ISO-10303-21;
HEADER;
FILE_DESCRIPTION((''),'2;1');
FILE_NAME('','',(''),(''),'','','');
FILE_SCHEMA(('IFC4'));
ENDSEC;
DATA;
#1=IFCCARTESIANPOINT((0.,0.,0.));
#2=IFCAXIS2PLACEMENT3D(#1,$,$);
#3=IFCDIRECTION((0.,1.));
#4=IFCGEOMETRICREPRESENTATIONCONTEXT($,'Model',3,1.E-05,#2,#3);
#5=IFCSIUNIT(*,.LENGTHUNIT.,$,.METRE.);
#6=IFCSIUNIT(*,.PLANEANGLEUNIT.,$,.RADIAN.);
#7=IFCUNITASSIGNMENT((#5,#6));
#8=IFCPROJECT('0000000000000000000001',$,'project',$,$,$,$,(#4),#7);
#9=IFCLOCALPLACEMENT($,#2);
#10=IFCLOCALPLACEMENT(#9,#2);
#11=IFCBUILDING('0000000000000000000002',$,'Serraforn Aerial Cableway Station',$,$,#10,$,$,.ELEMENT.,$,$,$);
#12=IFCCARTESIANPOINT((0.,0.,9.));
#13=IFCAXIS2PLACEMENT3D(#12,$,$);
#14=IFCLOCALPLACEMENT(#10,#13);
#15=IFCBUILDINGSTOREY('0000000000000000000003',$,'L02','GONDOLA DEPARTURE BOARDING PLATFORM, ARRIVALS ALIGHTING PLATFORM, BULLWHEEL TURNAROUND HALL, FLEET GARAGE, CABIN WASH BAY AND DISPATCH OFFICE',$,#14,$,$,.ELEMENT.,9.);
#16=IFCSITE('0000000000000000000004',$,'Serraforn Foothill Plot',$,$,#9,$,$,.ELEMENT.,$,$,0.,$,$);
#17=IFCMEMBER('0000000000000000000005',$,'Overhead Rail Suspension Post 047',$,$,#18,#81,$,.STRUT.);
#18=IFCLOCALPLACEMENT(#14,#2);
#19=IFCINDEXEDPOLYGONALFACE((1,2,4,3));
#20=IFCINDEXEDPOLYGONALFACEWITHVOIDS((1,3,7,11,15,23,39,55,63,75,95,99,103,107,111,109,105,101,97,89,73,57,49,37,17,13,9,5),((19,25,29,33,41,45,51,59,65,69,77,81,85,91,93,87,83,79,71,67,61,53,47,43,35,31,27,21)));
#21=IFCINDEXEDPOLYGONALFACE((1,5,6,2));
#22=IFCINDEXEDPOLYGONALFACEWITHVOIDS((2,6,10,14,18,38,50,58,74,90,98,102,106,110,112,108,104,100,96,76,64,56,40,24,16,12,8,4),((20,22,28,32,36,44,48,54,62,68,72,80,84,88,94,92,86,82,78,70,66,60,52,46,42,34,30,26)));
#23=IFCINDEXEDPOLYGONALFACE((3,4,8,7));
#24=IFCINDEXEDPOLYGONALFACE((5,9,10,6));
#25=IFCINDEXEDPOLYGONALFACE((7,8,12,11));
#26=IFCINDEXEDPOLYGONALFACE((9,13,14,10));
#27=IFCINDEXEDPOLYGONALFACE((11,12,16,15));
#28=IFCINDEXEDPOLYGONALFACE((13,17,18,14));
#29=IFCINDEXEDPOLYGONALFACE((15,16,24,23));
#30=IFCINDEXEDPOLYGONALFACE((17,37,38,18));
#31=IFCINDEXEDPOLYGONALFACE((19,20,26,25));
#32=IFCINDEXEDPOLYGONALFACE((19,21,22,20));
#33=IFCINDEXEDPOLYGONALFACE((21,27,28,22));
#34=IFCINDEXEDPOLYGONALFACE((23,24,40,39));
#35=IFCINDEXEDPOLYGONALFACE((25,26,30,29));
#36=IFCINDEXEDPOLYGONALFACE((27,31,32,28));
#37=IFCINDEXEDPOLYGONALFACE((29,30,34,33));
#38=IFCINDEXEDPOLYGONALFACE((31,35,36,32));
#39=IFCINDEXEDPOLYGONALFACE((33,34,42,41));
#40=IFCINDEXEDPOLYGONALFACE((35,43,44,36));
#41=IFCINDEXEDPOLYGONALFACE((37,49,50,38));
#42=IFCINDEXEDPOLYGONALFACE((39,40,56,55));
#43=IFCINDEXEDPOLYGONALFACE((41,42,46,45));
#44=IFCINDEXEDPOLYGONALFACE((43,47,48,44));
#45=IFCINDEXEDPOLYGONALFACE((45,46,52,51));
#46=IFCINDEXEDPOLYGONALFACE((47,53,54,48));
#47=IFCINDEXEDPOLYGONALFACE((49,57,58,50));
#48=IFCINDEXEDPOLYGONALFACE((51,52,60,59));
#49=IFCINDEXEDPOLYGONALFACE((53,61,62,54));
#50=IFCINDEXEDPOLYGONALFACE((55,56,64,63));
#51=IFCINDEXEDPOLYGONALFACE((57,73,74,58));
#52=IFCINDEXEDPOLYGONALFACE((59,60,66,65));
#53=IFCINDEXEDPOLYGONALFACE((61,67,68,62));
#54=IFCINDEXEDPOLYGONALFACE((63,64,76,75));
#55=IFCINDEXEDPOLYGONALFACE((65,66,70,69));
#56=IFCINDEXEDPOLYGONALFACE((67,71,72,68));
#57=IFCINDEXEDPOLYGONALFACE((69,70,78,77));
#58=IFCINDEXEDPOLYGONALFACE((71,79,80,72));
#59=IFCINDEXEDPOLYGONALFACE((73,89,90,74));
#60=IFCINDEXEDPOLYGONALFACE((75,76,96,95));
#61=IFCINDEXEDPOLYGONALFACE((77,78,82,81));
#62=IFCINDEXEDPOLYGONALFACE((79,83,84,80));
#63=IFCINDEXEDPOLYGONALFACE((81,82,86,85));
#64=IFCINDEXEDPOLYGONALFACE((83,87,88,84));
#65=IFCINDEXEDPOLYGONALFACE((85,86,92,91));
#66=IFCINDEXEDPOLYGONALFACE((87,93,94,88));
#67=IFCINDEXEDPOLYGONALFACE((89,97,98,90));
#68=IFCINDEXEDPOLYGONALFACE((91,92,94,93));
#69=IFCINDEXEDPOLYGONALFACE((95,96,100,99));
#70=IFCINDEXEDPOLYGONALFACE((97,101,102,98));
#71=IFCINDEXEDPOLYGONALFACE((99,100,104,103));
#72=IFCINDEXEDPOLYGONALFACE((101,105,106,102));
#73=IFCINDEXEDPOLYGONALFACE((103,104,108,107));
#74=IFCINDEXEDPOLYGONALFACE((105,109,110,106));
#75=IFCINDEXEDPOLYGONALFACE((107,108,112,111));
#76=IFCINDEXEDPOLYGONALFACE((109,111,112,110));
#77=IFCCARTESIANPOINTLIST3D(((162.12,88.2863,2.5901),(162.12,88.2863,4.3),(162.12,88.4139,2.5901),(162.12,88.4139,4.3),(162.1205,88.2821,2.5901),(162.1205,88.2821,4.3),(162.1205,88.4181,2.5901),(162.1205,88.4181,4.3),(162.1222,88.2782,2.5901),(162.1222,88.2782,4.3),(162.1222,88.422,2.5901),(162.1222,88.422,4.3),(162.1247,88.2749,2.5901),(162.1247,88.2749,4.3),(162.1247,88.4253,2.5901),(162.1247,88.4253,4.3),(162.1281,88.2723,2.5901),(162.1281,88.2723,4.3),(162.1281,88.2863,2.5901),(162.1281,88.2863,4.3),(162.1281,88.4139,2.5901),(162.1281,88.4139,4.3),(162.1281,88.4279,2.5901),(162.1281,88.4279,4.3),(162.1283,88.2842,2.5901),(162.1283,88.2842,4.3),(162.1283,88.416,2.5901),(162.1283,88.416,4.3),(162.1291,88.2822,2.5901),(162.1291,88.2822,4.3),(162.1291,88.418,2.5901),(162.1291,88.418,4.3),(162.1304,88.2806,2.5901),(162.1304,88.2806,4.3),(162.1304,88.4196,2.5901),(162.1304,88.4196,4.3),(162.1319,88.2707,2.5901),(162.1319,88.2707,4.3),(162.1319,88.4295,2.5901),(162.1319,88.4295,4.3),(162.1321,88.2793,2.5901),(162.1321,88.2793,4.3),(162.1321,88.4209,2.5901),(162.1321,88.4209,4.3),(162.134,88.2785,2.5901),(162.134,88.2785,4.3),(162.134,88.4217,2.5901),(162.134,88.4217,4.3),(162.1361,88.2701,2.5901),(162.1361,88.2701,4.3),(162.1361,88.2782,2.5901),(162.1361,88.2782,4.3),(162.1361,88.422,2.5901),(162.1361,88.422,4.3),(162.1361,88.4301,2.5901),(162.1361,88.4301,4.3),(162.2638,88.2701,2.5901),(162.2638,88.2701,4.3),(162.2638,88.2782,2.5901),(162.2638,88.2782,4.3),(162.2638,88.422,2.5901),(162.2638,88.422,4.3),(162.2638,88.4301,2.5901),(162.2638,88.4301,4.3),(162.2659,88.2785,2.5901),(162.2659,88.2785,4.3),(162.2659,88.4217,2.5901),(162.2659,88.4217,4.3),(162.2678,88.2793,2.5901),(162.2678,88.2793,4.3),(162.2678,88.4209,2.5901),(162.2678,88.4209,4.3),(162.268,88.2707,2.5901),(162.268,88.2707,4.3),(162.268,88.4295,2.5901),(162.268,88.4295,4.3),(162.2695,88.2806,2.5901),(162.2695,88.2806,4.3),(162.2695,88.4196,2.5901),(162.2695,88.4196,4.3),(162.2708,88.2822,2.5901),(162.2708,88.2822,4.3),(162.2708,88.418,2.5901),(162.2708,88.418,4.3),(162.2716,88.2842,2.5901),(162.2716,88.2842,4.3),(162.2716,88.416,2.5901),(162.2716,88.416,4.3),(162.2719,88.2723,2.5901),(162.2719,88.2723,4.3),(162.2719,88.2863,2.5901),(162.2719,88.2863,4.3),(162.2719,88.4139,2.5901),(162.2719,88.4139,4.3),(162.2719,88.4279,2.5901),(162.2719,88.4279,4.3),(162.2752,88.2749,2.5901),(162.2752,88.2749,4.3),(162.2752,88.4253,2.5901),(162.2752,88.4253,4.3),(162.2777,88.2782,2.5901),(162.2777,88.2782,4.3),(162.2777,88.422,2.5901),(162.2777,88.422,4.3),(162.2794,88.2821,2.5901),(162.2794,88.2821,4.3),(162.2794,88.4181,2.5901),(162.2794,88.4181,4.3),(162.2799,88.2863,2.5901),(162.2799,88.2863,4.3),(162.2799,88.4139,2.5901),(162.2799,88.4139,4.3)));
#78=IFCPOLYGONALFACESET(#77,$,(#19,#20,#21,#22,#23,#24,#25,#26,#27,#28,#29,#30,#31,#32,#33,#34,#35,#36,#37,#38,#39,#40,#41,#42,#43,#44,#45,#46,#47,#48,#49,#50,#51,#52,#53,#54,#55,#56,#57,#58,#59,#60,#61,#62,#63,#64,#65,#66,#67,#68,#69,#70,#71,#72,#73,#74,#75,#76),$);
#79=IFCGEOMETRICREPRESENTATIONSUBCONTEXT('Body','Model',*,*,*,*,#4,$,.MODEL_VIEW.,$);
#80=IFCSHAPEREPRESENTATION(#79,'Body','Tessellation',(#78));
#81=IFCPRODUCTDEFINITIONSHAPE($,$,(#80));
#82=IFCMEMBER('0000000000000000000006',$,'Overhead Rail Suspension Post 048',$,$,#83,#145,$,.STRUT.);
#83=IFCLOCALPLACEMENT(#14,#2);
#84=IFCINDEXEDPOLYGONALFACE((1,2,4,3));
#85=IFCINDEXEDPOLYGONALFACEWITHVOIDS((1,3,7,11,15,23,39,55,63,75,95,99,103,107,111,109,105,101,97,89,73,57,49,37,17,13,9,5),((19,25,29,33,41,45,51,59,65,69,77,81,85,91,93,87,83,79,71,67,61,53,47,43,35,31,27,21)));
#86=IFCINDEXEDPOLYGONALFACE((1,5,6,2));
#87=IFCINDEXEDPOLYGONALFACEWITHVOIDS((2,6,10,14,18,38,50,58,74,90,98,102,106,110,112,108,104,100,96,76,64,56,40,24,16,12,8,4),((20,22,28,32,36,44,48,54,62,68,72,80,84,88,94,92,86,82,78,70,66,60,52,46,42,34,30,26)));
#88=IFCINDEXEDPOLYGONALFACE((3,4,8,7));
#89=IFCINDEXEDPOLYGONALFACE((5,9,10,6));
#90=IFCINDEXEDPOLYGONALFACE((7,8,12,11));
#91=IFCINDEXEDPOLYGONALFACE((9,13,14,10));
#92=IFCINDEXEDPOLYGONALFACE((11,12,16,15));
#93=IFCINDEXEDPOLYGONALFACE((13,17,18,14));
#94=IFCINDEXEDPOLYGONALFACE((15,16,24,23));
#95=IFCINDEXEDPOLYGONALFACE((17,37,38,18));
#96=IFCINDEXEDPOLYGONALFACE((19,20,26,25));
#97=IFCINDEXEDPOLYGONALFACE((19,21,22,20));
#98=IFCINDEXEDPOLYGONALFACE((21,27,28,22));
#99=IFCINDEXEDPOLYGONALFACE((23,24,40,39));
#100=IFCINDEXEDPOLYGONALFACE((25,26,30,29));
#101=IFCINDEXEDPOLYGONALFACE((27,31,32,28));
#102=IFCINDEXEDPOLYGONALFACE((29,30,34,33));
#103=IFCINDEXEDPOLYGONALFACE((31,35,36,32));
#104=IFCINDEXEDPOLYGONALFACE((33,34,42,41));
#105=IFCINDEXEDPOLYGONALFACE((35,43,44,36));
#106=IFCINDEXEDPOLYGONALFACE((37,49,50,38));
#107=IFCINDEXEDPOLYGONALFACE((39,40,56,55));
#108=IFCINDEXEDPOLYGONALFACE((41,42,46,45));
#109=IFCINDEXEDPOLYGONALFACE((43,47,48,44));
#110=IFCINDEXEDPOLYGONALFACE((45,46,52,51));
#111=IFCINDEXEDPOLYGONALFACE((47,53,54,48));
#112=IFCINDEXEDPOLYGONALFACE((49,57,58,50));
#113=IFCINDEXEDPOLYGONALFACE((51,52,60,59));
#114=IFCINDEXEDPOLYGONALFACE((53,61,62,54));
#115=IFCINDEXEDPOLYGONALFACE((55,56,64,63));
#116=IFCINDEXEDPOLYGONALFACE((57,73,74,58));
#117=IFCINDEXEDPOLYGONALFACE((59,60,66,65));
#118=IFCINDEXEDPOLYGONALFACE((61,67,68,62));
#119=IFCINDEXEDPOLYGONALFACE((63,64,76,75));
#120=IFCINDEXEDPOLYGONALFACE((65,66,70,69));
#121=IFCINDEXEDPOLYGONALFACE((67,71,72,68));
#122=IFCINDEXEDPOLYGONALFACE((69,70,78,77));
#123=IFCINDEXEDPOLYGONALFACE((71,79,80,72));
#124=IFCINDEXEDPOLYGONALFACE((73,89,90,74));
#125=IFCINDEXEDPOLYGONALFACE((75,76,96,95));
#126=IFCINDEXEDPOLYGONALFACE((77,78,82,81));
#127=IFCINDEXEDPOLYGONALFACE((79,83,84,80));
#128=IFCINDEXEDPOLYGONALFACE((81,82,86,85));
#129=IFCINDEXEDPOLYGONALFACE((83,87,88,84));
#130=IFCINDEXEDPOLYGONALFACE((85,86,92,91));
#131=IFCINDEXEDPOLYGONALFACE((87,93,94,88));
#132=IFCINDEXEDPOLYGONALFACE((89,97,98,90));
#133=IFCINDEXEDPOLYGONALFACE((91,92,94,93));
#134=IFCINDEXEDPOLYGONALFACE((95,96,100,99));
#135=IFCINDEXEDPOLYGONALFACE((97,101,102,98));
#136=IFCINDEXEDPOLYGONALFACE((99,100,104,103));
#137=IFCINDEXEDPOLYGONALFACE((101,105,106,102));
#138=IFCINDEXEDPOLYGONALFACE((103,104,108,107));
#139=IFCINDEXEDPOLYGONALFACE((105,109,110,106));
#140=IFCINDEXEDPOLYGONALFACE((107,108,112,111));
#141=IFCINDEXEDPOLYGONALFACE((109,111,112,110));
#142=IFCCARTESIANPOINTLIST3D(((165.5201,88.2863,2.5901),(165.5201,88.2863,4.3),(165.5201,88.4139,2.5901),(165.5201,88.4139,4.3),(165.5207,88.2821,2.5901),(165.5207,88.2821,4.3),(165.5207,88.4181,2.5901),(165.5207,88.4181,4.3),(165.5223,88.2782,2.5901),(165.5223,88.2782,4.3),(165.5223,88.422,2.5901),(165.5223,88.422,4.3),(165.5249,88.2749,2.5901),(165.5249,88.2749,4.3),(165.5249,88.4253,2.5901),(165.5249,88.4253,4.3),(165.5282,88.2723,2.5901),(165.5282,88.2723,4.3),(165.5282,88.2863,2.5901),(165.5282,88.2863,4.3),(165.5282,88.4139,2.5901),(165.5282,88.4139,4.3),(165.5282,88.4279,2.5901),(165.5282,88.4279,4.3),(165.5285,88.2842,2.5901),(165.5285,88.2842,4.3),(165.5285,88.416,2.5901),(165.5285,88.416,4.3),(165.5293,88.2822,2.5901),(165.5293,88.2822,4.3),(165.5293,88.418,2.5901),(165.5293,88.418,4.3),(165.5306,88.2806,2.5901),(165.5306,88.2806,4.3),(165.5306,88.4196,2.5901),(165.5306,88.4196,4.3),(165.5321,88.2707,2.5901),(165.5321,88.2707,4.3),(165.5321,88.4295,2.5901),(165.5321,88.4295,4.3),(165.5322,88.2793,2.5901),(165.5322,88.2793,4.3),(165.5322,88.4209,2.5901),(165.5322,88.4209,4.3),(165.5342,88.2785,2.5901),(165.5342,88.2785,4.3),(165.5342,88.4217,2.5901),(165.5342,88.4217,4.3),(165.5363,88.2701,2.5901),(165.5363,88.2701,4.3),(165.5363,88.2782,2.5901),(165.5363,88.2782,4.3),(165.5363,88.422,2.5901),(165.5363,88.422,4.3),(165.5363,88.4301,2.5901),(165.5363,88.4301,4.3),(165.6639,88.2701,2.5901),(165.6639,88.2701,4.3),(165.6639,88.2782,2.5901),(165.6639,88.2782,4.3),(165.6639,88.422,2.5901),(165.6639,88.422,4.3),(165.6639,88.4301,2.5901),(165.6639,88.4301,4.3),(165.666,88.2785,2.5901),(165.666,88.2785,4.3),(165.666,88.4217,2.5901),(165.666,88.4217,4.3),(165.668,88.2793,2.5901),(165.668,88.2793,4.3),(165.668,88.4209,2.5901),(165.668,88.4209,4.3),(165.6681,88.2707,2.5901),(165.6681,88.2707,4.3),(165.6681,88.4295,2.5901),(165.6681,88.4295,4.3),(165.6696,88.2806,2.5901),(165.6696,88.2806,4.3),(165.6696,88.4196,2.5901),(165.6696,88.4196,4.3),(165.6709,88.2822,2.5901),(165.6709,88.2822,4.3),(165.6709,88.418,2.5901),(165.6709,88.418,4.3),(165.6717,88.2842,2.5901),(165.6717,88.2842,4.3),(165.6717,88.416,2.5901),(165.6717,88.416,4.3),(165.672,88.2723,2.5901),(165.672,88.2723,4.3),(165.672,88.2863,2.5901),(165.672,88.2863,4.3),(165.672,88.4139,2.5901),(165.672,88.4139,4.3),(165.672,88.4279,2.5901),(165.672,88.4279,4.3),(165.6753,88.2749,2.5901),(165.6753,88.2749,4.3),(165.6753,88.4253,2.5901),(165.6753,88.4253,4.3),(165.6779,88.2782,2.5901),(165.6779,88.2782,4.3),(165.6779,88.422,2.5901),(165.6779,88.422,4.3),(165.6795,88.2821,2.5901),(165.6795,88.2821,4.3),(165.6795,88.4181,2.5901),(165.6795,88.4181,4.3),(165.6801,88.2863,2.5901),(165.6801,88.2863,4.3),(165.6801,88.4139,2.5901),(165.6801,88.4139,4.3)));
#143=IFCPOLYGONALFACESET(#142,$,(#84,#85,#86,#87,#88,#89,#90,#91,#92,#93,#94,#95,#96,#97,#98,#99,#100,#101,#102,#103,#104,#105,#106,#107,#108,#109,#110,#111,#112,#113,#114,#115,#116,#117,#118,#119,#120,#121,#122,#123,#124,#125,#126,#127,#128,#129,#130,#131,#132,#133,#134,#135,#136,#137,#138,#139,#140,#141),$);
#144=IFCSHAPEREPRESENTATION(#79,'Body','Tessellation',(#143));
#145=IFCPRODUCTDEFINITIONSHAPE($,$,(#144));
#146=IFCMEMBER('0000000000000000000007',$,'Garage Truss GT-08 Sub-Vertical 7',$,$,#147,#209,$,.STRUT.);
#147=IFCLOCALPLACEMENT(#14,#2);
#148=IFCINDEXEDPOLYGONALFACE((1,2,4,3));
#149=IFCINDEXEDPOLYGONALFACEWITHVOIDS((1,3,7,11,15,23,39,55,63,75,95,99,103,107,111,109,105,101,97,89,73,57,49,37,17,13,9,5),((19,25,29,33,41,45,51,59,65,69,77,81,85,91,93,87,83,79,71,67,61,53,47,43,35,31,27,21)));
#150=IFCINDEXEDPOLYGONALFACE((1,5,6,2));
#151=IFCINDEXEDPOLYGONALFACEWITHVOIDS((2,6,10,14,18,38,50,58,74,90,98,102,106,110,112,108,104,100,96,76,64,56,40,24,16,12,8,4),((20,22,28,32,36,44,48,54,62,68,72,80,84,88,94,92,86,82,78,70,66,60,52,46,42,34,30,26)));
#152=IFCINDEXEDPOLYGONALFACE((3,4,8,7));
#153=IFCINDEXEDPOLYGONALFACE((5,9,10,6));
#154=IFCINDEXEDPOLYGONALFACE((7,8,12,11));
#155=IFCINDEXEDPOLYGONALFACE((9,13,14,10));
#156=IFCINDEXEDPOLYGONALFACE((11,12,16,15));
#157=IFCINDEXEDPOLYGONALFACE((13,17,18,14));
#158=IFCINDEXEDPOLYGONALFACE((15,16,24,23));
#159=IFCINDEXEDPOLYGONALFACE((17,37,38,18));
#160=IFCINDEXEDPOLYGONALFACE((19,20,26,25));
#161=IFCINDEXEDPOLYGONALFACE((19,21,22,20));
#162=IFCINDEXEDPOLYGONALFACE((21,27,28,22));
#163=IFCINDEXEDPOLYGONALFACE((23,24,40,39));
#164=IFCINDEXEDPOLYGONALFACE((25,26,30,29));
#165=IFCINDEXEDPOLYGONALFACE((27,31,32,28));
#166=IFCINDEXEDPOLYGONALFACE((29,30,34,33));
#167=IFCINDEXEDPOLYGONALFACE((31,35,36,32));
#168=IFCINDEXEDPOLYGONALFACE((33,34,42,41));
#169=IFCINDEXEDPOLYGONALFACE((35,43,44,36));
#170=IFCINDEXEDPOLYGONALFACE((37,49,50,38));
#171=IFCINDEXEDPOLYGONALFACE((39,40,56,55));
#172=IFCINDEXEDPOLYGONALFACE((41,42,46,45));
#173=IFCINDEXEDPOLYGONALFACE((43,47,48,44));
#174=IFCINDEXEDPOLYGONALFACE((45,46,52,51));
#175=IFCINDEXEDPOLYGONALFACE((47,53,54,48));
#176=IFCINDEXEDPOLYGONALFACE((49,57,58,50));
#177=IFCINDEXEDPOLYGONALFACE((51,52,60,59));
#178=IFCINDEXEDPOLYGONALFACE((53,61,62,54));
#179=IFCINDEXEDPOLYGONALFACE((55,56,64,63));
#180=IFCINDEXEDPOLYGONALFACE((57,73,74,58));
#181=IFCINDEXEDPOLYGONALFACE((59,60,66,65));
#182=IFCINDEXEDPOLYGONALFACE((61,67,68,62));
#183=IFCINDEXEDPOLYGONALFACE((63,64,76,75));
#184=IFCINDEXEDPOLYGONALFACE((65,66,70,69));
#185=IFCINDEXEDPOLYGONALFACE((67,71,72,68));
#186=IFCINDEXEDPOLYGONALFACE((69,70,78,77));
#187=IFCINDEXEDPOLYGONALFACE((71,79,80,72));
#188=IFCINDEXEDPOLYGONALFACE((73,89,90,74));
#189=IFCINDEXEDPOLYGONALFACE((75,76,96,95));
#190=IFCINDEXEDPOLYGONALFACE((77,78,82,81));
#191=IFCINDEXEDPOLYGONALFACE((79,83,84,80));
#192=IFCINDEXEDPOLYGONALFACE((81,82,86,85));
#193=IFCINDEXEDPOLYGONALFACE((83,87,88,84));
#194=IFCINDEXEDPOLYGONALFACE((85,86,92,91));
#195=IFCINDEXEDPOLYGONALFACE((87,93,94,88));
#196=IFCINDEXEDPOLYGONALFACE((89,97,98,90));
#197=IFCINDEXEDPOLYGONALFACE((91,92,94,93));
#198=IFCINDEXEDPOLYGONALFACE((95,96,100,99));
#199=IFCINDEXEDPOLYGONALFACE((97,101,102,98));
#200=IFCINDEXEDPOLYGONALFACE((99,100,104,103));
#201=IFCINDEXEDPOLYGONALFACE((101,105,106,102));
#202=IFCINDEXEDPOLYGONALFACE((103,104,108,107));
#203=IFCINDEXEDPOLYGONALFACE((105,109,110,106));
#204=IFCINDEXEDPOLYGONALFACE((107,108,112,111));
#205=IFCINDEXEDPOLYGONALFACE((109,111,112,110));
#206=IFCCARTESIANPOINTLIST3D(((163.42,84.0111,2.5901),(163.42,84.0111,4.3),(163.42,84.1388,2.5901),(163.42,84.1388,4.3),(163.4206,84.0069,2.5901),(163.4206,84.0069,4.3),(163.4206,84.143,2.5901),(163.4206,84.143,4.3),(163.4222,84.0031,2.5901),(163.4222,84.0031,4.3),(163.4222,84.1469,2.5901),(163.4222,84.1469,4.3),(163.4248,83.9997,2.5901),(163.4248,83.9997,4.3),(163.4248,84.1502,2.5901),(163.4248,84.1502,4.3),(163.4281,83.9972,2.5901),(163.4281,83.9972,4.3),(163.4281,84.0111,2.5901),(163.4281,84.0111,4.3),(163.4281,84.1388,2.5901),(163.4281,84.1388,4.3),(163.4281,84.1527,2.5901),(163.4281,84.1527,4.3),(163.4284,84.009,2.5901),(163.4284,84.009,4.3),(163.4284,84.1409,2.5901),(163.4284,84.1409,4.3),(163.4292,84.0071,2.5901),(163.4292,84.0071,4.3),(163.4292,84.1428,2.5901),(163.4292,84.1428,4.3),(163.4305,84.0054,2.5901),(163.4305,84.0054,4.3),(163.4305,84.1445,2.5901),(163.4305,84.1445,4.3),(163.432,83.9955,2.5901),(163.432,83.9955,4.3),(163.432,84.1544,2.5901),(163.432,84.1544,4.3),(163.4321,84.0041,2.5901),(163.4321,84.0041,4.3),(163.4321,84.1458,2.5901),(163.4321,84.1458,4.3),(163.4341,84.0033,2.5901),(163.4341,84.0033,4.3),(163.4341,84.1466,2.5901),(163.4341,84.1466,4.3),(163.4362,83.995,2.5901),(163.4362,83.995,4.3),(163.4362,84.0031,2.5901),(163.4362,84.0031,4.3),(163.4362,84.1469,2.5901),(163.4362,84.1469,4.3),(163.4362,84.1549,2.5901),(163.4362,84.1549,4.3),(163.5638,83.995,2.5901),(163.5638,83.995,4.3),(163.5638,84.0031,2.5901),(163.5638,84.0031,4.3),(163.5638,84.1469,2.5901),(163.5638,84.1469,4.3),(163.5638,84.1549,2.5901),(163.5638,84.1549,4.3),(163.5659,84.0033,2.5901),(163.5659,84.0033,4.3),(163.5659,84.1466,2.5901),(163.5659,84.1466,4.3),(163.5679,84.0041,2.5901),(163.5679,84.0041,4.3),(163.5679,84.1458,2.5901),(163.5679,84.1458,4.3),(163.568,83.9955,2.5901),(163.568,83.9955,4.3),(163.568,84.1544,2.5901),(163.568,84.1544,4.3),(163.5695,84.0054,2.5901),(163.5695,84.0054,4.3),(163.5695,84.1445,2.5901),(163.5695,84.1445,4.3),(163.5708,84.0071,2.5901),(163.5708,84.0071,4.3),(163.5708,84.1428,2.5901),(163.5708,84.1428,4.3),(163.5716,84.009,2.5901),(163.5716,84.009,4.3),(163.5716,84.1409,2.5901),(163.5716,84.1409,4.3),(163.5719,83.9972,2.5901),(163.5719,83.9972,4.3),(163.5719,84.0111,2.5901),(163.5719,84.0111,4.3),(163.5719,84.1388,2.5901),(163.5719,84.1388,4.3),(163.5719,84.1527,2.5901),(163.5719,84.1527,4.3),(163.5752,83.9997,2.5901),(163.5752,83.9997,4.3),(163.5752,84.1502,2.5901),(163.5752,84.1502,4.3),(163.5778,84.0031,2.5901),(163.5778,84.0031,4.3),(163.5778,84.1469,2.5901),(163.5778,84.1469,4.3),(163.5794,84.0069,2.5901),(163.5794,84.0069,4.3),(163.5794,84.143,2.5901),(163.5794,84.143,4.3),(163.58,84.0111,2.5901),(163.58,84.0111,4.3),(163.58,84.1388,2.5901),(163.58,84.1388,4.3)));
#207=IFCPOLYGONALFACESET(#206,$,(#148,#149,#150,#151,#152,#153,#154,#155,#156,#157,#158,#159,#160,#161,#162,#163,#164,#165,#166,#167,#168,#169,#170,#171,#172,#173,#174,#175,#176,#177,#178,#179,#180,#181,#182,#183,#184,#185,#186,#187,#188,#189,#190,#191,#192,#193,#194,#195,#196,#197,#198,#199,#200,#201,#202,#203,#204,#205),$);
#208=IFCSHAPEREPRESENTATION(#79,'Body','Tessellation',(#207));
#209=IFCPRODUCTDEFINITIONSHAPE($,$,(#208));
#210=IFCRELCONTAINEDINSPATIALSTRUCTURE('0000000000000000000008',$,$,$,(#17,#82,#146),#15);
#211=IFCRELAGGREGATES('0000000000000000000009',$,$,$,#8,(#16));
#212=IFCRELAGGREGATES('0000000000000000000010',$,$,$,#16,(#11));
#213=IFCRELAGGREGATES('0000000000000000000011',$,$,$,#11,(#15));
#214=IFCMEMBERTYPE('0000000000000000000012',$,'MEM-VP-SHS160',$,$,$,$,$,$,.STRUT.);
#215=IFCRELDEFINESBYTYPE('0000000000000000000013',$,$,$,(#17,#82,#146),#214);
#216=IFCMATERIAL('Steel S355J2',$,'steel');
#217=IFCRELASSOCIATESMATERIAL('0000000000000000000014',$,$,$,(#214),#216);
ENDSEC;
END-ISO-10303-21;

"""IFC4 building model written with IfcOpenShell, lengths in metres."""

from ifc_helpers import new_model, si_unit, direction, frame, origin, origin_2d, place, context, subcontext, project, spatial, hollow_rectangle, extrude, material, material_profile, profile_set, type_object, element, save


model = new_model("IFC4")

# Units and contexts
model_context = context("Model", 3, precision=1e-05, world=origin(), true_north=direction((0.0, 1.0)))
body_context = subcontext(model_context, "Body", "Model", "MODEL_VIEW")
ifc_project = project(units=[si_unit("LENGTHUNIT", "METRE"), si_unit("PLANEANGLEUNIT", "RADIAN")], contexts=[model_context])

# Site, building, storey
site_placement = place(None, origin())
site = spatial("IfcSite", under=ifc_project, at=site_placement, Name="Serraforn Foothill Plot", CompositionType="ELEMENT", RefElevation=0.0)
building_placement = place(site_placement, origin())
building = spatial("IfcBuilding", under=site, at=building_placement, Name="Serraforn Aerial Cableway Station", CompositionType="ELEMENT")
storey_placement = place(building_placement, frame((0.0, 0.0, 9.0)))
storey = spatial("IfcBuildingStorey", under=building, at=storey_placement, Name="L02", Description="GONDOLA DEPARTURE BOARDING PLATFORM, ARRIVALS ALIGHTING PLATFORM, BULLWHEEL TURNAROUND HALL, FLEET GARAGE, CABIN WASH BAY AND DISPATCH OFFICE", CompositionType="ELEMENT", Elevation=9.0)

# Members
ifc_material_1 = material(Name="Steel S355J2", Category="steel")
ifc_material_profile_1 = material_profile(ifc_material_1, hollow_rectangle(XDim=0.1599, YDim=0.1599, WallThickness=0.0081, InnerFilletRadius=0.0081, OuterFilletRadius=0.0161, at=origin_2d()), Name="SHS 160x160x8.0")
ifc_profile_set_1 = profile_set([ifc_material_profile_1], Name="Steel S355J2")
member_type_1 = type_object("IfcMemberType", Name="MEM-VP-SHS160", PredefinedType="STRUT", material=ifc_profile_set_1)
for number, where, z_axis, x_axis, name in (
    (1, (162.2, 88.3501, 2.5901), (0.0, 0.0, 1.0), (1.0, 0.0, 0.0), "Overhead Rail Suspension Post 047"),
    (2, (165.6001, 88.3501, 2.5901), (0.0, 0.0, 1.0), (1.0, 0.0, 0.0), "Overhead Rail Suspension Post 048"),
    (3, (163.5, 84.075, 2.5901), (0.0, 0.0, 1.0), (1.0, 0.0, 0.0), "Garage Truss GT-08 Sub-Vertical 7"),
):
    element("IfcMember", number, at=place(storey_placement, frame(where, z_axis=z_axis, x_axis=x_axis)), inside=storey, type_object=member_type_1, Name=name, PredefinedType="STRUT", context=body_context, shape_type="SweptSolid", body=[
        extrude(hollow_rectangle(XDim=0.1599, YDim=0.1599, WallThickness=0.0081, InnerFilletRadius=0.0081, OuterFilletRadius=0.0161, at=origin_2d()), origin(), (0.0, 0.0, 1.0), 1.71),
    ])

save(model, "model.ifc")
